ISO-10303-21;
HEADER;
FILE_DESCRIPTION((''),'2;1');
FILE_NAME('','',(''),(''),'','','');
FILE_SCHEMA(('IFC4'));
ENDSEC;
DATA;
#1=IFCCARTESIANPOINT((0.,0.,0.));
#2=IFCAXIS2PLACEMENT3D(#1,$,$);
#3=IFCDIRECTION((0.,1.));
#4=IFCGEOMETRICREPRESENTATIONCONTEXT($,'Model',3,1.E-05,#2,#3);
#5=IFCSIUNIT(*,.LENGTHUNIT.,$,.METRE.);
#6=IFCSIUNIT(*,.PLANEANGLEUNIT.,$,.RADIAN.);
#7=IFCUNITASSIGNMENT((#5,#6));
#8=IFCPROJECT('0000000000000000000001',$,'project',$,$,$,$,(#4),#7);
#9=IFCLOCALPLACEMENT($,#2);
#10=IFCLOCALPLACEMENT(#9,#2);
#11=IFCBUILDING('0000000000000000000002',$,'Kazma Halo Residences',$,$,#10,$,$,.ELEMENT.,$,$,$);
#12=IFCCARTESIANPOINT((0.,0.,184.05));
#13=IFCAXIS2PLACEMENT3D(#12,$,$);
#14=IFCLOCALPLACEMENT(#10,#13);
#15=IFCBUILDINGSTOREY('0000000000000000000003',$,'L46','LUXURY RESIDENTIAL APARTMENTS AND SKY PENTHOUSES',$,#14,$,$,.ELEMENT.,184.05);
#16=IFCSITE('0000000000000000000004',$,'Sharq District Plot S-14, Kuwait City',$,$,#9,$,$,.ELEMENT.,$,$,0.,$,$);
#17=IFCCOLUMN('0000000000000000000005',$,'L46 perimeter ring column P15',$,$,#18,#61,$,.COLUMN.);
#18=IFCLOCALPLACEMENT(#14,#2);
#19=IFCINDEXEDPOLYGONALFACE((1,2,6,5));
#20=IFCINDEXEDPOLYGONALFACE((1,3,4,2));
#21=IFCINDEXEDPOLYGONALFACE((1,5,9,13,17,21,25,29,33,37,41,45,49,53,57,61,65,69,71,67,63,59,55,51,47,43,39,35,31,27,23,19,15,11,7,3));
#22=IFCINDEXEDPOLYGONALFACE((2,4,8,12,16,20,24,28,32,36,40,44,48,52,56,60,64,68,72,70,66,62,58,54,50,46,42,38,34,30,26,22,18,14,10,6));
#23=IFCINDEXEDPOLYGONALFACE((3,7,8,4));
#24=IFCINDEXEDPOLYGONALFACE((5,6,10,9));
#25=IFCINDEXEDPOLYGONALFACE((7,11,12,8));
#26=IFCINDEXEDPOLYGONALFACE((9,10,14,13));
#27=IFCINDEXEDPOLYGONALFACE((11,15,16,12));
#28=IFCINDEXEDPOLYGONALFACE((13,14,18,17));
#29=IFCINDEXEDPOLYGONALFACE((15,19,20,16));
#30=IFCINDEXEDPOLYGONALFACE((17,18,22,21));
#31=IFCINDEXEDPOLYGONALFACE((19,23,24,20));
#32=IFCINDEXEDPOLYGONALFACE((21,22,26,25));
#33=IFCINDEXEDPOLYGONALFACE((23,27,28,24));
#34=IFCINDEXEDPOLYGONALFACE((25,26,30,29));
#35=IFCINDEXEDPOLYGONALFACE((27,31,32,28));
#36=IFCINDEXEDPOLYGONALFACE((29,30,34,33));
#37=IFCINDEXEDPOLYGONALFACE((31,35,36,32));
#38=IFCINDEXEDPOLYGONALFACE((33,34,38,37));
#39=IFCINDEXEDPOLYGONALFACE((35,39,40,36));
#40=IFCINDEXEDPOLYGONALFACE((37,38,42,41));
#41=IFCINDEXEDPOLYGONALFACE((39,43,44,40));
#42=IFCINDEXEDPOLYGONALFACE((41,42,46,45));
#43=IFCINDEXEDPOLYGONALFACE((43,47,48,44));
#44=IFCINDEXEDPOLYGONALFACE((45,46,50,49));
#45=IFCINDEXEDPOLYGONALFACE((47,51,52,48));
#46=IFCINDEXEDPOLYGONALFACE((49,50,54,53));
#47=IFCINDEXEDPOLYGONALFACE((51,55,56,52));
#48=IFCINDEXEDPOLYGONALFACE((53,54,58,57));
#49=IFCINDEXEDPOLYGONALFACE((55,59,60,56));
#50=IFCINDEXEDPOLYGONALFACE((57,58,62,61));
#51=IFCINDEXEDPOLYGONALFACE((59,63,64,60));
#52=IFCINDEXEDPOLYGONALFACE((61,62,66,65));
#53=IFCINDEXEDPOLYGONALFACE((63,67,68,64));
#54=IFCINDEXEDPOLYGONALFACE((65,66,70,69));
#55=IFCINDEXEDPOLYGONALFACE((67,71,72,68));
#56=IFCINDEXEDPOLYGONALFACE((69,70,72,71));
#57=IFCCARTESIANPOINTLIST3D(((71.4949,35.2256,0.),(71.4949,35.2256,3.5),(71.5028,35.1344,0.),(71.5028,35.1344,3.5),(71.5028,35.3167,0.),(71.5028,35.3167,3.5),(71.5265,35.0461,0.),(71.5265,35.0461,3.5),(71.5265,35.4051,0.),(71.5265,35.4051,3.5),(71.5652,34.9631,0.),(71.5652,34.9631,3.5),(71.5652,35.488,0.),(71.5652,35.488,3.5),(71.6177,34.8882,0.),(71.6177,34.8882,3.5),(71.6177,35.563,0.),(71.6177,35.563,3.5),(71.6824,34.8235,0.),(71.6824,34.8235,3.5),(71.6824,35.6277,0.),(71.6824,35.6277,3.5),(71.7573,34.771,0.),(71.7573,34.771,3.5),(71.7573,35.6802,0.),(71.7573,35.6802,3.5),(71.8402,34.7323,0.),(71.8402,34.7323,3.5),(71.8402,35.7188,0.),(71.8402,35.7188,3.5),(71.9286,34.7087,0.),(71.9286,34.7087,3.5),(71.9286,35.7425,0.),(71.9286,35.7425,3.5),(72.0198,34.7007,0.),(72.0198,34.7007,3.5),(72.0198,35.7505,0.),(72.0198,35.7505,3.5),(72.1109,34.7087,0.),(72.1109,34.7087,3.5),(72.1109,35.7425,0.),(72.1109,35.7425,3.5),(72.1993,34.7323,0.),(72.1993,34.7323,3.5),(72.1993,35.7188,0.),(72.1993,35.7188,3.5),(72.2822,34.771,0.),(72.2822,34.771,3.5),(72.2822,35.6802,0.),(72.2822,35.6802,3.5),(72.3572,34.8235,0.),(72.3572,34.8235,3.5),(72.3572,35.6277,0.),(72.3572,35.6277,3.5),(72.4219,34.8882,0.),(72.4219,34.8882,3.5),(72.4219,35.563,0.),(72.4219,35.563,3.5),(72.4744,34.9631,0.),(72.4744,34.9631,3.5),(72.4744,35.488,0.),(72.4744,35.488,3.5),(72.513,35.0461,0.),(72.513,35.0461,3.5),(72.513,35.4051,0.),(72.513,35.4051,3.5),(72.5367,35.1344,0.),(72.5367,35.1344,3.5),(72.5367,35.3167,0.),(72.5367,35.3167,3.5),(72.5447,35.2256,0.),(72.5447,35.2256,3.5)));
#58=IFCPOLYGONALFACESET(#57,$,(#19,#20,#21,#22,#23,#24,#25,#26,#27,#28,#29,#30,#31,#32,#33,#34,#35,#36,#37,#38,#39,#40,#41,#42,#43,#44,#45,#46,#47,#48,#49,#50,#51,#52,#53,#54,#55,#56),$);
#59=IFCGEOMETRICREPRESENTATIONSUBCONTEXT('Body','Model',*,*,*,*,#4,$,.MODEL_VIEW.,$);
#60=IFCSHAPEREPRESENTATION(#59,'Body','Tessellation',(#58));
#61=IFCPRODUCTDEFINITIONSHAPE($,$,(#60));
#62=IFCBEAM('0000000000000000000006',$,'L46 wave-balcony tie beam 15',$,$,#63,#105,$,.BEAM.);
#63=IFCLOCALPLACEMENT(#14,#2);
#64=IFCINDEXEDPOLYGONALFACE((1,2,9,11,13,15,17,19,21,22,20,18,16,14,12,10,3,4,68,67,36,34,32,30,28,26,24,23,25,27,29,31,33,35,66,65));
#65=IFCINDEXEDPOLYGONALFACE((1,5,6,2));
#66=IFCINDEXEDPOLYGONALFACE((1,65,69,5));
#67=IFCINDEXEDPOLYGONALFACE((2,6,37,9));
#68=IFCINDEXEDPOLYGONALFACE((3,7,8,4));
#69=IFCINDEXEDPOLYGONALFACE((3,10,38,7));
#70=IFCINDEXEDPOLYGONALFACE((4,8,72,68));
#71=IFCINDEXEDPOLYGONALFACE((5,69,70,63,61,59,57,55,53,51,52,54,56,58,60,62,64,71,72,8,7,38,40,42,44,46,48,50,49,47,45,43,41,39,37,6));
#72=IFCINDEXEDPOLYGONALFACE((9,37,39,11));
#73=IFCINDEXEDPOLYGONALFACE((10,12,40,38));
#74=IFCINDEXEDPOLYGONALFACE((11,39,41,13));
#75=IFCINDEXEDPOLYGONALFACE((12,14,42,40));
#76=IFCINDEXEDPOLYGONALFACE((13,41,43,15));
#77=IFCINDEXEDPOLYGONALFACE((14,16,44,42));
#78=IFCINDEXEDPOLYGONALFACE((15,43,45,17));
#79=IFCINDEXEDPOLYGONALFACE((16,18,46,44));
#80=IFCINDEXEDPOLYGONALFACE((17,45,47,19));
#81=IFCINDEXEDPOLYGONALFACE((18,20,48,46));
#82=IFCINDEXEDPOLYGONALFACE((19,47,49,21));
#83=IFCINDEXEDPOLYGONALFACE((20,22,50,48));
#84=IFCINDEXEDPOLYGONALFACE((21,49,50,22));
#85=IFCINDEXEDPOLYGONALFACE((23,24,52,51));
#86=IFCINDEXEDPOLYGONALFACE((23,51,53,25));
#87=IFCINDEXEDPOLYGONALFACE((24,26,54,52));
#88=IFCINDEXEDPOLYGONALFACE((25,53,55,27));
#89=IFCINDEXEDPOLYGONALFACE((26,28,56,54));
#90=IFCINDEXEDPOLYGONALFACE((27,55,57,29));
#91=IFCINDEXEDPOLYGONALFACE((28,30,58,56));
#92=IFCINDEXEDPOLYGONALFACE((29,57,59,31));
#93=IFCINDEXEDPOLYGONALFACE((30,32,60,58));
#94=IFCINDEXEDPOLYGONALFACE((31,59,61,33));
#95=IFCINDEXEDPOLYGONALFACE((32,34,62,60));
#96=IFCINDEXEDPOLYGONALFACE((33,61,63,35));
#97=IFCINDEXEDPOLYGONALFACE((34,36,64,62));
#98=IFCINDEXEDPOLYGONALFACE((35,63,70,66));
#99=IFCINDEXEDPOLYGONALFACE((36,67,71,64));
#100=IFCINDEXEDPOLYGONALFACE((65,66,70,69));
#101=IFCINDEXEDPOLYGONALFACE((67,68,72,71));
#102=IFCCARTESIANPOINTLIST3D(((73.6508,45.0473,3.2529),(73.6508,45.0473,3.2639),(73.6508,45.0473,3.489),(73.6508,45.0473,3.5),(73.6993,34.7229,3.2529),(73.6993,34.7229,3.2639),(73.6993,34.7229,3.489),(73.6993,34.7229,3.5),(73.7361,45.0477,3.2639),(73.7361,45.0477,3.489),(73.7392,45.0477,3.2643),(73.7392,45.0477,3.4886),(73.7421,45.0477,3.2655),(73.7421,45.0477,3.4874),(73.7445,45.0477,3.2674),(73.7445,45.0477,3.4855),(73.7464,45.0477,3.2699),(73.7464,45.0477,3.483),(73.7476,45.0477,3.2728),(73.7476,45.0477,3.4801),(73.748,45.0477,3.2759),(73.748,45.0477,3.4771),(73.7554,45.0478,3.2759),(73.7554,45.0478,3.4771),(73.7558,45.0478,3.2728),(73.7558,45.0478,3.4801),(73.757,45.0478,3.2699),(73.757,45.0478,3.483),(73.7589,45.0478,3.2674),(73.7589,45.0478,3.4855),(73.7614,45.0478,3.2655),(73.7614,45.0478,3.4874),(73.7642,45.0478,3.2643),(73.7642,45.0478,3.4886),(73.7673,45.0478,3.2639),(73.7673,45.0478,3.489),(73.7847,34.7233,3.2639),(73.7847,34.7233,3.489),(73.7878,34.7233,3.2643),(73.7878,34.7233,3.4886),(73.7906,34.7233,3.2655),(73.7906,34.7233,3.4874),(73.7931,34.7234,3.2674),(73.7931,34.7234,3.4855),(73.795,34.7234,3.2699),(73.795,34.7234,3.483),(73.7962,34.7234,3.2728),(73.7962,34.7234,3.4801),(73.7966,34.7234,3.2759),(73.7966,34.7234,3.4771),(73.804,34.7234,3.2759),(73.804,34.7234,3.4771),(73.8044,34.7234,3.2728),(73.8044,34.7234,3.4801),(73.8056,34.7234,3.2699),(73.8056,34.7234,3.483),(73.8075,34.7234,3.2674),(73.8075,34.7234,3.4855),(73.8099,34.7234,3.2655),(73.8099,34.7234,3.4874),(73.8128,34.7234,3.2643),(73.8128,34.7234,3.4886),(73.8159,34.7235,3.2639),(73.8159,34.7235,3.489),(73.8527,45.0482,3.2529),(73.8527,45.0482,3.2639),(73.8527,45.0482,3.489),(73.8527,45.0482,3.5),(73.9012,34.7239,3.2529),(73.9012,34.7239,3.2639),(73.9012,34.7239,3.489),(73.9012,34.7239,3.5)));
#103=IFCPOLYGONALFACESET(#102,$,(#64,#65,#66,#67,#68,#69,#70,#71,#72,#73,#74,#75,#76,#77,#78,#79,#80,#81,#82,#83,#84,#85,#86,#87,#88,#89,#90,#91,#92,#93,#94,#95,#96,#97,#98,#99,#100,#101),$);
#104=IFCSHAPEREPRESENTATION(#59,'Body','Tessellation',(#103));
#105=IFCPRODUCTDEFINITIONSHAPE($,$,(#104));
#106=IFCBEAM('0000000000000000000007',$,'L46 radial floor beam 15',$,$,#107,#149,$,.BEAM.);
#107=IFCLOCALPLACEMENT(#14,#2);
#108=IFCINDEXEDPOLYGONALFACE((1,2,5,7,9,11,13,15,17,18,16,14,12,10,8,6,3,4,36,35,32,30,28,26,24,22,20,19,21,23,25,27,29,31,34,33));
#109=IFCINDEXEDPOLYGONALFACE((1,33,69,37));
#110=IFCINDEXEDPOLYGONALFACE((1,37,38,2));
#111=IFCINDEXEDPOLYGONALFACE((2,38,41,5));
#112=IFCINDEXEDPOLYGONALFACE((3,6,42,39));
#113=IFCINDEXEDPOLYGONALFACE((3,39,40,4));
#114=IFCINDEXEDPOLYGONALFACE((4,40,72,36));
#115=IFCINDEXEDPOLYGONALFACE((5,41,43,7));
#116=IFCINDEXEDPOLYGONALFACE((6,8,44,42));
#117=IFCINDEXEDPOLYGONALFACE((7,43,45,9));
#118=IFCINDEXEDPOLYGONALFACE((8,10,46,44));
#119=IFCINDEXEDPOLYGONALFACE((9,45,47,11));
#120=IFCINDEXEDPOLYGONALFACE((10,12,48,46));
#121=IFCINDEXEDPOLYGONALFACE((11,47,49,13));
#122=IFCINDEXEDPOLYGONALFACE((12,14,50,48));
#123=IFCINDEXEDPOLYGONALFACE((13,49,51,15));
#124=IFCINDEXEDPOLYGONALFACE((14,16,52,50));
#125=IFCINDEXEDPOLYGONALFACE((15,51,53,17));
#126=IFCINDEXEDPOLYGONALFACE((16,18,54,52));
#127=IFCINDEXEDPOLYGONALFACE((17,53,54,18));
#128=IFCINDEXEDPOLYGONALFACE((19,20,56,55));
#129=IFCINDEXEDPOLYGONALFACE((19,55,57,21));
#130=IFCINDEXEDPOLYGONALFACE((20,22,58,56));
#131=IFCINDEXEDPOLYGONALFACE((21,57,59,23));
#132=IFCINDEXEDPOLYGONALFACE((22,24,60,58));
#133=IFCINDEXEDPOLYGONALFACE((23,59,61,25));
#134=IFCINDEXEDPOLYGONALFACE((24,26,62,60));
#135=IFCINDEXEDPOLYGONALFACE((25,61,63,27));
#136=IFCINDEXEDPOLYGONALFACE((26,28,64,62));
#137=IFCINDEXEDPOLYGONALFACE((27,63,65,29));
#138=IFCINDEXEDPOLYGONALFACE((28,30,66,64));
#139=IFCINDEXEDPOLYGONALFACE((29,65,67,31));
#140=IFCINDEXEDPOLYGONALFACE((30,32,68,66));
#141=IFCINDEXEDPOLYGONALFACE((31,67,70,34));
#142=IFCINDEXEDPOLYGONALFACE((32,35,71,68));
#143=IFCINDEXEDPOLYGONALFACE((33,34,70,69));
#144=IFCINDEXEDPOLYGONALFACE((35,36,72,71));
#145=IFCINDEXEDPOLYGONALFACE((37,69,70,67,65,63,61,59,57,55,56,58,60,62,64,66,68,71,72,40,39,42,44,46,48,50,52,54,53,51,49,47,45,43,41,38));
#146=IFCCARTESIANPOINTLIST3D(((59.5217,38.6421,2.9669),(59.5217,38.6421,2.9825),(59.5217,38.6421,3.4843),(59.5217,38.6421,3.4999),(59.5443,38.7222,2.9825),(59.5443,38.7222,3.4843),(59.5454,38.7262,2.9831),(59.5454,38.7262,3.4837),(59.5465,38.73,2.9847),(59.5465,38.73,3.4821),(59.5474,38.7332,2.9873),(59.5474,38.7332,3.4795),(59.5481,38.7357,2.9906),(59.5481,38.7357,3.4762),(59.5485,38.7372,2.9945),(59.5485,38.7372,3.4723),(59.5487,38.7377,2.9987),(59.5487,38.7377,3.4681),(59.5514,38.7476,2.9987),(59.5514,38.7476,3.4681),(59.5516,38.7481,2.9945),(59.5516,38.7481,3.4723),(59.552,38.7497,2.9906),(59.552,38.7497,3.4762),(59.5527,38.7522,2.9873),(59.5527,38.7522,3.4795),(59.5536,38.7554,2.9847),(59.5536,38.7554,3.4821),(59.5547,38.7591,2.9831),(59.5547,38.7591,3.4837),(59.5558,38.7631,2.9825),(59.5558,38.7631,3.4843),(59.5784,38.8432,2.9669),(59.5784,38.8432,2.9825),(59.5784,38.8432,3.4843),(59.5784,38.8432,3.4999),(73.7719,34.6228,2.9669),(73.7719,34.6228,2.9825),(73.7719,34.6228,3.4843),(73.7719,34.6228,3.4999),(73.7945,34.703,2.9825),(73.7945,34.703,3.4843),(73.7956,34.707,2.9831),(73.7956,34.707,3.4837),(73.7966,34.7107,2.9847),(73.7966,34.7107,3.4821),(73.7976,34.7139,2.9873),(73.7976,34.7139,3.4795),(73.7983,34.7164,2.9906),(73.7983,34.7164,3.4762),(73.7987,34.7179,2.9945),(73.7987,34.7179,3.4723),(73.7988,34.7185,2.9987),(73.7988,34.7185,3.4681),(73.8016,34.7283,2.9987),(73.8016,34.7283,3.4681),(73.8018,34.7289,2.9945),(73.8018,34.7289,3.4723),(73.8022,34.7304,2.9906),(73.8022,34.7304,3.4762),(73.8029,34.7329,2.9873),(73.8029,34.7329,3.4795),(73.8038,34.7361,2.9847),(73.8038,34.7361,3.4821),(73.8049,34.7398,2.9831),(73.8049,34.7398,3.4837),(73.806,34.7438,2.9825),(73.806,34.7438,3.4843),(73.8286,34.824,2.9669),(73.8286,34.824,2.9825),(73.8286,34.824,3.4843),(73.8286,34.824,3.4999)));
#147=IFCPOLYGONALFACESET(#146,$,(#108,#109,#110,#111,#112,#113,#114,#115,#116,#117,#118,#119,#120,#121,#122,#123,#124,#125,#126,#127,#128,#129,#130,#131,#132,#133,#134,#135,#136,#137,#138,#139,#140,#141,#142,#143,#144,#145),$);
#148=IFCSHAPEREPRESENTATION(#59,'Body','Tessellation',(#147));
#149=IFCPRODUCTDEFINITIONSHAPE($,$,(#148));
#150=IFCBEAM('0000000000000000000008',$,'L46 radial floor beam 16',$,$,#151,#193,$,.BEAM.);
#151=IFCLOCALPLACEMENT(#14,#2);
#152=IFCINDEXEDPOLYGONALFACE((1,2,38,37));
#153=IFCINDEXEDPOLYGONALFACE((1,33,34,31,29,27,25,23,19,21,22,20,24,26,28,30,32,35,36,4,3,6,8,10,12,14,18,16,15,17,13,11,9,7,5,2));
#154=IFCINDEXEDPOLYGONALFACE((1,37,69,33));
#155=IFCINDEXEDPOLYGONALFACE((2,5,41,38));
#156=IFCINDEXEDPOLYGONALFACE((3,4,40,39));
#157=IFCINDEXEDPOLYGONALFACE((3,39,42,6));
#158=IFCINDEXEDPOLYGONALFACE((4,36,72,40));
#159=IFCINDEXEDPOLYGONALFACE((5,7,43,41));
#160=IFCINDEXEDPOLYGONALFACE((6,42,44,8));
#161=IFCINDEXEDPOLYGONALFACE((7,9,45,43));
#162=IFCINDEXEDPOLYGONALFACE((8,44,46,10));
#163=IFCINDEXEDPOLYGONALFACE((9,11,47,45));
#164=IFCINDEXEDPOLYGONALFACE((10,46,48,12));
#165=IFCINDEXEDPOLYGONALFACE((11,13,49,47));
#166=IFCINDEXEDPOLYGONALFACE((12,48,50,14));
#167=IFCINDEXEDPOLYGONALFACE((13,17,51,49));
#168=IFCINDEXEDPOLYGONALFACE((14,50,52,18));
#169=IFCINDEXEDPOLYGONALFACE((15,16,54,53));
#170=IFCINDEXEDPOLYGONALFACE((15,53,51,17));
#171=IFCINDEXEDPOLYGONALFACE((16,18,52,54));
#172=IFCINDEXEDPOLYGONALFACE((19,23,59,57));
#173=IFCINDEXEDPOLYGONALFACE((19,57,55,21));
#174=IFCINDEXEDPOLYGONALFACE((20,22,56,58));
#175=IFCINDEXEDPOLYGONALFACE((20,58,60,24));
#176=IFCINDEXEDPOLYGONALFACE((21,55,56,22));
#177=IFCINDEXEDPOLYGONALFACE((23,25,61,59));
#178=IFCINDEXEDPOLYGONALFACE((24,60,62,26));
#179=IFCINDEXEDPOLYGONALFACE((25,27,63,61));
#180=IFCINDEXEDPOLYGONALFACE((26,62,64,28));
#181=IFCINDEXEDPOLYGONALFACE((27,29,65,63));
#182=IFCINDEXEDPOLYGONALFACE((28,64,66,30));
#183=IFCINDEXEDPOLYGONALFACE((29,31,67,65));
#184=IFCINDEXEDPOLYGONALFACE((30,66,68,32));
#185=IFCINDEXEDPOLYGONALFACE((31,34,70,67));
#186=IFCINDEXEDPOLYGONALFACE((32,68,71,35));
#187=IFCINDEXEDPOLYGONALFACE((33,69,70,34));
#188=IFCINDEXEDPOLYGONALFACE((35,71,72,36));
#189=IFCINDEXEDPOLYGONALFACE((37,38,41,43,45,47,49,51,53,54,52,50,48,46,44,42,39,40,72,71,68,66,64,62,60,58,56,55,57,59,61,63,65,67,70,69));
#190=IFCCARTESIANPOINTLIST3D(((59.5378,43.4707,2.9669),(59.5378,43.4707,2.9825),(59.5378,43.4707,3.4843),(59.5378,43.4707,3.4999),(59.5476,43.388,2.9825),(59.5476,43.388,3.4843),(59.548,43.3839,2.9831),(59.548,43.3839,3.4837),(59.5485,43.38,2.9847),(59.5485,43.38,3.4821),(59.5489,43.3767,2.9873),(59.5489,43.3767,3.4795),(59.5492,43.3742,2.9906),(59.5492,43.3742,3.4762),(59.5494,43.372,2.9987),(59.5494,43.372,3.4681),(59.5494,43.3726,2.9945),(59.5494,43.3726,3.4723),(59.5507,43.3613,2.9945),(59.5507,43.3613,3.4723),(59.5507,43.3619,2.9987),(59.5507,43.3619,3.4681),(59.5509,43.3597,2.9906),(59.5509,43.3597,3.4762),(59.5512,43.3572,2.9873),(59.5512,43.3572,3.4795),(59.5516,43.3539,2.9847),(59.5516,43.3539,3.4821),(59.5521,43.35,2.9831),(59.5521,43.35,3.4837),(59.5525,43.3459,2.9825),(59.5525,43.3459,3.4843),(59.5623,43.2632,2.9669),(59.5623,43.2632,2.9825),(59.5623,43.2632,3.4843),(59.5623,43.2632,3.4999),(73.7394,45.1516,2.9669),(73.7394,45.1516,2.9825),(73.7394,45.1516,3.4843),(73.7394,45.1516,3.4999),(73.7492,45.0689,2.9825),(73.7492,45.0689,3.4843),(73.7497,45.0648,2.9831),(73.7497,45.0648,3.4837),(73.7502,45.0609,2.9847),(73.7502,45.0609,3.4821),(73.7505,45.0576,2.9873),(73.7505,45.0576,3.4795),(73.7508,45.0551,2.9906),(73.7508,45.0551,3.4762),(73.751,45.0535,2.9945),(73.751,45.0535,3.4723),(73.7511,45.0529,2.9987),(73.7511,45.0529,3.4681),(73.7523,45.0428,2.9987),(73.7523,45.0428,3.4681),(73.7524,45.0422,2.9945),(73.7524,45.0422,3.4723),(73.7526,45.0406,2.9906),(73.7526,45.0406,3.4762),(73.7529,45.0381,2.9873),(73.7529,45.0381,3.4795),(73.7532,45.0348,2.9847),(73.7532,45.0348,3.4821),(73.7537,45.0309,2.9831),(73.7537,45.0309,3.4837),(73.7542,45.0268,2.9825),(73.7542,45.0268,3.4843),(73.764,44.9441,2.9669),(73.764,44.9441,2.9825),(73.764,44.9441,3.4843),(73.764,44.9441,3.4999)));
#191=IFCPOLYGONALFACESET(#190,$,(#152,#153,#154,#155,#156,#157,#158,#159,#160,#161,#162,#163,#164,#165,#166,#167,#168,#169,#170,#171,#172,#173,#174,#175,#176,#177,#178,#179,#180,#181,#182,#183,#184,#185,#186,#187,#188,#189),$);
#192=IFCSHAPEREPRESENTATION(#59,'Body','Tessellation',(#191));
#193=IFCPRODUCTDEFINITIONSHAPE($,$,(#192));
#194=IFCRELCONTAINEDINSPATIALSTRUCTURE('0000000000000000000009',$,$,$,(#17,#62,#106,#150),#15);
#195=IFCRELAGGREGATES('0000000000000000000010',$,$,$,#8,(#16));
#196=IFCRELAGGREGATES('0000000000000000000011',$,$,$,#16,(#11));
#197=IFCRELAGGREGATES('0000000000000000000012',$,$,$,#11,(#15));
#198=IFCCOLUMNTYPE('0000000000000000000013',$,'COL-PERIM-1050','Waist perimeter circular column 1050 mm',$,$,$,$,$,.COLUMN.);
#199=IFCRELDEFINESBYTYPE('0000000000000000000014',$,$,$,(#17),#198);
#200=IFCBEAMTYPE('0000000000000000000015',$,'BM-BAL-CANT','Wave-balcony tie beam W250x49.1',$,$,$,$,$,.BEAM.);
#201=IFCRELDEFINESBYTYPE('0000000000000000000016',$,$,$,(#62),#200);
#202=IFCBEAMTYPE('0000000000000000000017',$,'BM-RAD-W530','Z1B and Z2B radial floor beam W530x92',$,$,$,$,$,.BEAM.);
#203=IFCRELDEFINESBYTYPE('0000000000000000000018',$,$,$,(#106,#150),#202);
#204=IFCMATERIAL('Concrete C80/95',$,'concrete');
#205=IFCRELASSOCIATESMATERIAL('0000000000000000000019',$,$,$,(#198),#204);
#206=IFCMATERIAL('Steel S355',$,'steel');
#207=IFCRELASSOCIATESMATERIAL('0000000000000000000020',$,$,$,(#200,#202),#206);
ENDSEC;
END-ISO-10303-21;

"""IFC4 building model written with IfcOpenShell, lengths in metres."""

from ifc_helpers import new_model, si_unit, direction, frame, origin, origin_2d, place, context, subcontext, project, spatial, circle, i_section, extrude, material, material_profile, profile_set, type_object, element, save


model = new_model("IFC4")

# Units and contexts
model_context = context("Model", 3, precision=1e-05, world=origin(), true_north=direction((0.0, 1.0)))
body_context = subcontext(model_context, "Body", "Model", "MODEL_VIEW")
ifc_project = project(units=[si_unit("LENGTHUNIT", "METRE"), si_unit("PLANEANGLEUNIT", "RADIAN")], contexts=[model_context])

# Site, building, storey
site_placement = place(None, origin())
site = spatial("IfcSite", under=ifc_project, at=site_placement, Name="Sharq District Plot S-14, Kuwait City", CompositionType="ELEMENT", RefElevation=0.0)
building_placement = place(site_placement, origin())
building = spatial("IfcBuilding", under=site, at=building_placement, Name="Kazma Halo Residences", CompositionType="ELEMENT")
storey_placement = place(building_placement, frame((0.0, 0.0, 184.05)))
storey = spatial("IfcBuildingStorey", under=building, at=storey_placement, Name="L46", Description="LUXURY RESIDENTIAL APARTMENTS AND SKY PENTHOUSES", CompositionType="ELEMENT", Elevation=184.05)

# Column
ifc_material_1 = material(Name="Concrete C80/95", Category="concrete")
ifc_material_profile_1 = material_profile(ifc_material_1, circle(Radius=0.5249, at=origin_2d()), Name="CIRC1050")
ifc_profile_set_1 = profile_set([ifc_material_profile_1], Name="Concrete C80/95")
column_type = type_object("IfcColumnType", Name="COL-PERIM-1050", Description="Waist perimeter circular column 1050 mm", PredefinedType="COLUMN", material=ifc_profile_set_1)
column_placement = place(storey_placement, frame((72.0198, 35.2256, 0.0), z_axis=(0.0, 0.0, 1.0), x_axis=(1.0, 0.0, 0.0)))
element("IfcColumn", 1, at=column_placement, inside=storey, type_object=column_type, Name="L46 perimeter ring column P15", PredefinedType="COLUMN", context=body_context, shape_type="SweptSolid", body=[
    extrude(circle(Radius=0.5249, at=origin_2d()), origin(), (0.0, 0.0, 1.0), 3.5),
])

# Beams
ifc_material_2 = material(Name="Steel S355", Category="steel")
ifc_material_profile_2 = material_profile(ifc_material_2, i_section(OverallWidth=0.2019, OverallDepth=0.2471, WebThickness=0.0073, FlangeThickness=0.011, FilletRadius=0.012, at=origin_2d()), Name="W250x49.1")
ifc_profile_set_2 = profile_set([ifc_material_profile_2], Name="Steel S355")
beam_type_1 = type_object("IfcBeamType", Name="BM-BAL-CANT", Description="Wave-balcony tie beam W250x49.1", PredefinedType="BEAM", material=ifc_profile_set_2)
beam_1_placement = place(storey_placement, frame((73.8003, 34.7234, 3.3765), z_axis=(-0.004706, 0.999989, 0.0), x_axis=(-0.999989, -0.004706, 0.0)))
element("IfcBeam", 2, at=beam_1_placement, inside=storey, type_object=beam_type_1, Name="L46 wave-balcony tie beam 15", PredefinedType="BEAM", context=body_context, shape_type="SweptSolid", body=[
    extrude(i_section(OverallWidth=0.2019, OverallDepth=0.2471, WebThickness=0.0073, FlangeThickness=0.011, FilletRadius=0.012, at=origin_2d()), origin(), (0.0, 0.0, 1.0), 10.3245),
])
ifc_material_profile_3 = material_profile(ifc_material_2, i_section(OverallWidth=0.209, OverallDepth=0.533, WebThickness=0.0103, FlangeThickness=0.0156, FilletRadius=0.0161, at=origin_2d()), Name="W530x92")
ifc_profile_set_3 = profile_set([ifc_material_profile_3], Name="Steel S355")
beam_type_2 = type_object("IfcBeamType", Name="BM-RAD-W530", Description="Z1B and Z2B radial floor beam W530x92", PredefinedType="BEAM", material=ifc_profile_set_3)
beam_2_placement = place(storey_placement, frame((59.55, 38.7427, 3.2334), z_axis=(0.96245, -0.271459, 0.0), x_axis=(0.271459, 0.96245, 0.0)))
element("IfcBeam", 3, at=beam_2_placement, inside=storey, type_object=beam_type_2, Name="L46 radial floor beam 15", PredefinedType="BEAM", context=body_context, shape_type="SweptSolid", body=[
    extrude(i_section(OverallWidth=0.209, OverallDepth=0.533, WebThickness=0.0103, FlangeThickness=0.0156, FilletRadius=0.0161, at=origin_2d()), origin(), (0.0, 0.0, 1.0), 14.8062),
])
beam_3_placement = place(storey_placement, frame((59.55, 43.3669, 3.2334), z_axis=(0.993068, 0.11754, 0.0), x_axis=(-0.11754, 0.993068, 0.0)))
element("IfcBeam", 4, at=beam_3_placement, inside=storey, type_object=beam_type_2, Name="L46 radial floor beam 16", PredefinedType="BEAM", context=body_context, shape_type="SweptSolid", body=[
    extrude(i_section(OverallWidth=0.209, OverallDepth=0.533, WebThickness=0.0103, FlangeThickness=0.0156, FilletRadius=0.0161, at=origin_2d()), origin(), (0.0, 0.0, 1.0), 14.3008),
])

save(model, "model.ifc")
